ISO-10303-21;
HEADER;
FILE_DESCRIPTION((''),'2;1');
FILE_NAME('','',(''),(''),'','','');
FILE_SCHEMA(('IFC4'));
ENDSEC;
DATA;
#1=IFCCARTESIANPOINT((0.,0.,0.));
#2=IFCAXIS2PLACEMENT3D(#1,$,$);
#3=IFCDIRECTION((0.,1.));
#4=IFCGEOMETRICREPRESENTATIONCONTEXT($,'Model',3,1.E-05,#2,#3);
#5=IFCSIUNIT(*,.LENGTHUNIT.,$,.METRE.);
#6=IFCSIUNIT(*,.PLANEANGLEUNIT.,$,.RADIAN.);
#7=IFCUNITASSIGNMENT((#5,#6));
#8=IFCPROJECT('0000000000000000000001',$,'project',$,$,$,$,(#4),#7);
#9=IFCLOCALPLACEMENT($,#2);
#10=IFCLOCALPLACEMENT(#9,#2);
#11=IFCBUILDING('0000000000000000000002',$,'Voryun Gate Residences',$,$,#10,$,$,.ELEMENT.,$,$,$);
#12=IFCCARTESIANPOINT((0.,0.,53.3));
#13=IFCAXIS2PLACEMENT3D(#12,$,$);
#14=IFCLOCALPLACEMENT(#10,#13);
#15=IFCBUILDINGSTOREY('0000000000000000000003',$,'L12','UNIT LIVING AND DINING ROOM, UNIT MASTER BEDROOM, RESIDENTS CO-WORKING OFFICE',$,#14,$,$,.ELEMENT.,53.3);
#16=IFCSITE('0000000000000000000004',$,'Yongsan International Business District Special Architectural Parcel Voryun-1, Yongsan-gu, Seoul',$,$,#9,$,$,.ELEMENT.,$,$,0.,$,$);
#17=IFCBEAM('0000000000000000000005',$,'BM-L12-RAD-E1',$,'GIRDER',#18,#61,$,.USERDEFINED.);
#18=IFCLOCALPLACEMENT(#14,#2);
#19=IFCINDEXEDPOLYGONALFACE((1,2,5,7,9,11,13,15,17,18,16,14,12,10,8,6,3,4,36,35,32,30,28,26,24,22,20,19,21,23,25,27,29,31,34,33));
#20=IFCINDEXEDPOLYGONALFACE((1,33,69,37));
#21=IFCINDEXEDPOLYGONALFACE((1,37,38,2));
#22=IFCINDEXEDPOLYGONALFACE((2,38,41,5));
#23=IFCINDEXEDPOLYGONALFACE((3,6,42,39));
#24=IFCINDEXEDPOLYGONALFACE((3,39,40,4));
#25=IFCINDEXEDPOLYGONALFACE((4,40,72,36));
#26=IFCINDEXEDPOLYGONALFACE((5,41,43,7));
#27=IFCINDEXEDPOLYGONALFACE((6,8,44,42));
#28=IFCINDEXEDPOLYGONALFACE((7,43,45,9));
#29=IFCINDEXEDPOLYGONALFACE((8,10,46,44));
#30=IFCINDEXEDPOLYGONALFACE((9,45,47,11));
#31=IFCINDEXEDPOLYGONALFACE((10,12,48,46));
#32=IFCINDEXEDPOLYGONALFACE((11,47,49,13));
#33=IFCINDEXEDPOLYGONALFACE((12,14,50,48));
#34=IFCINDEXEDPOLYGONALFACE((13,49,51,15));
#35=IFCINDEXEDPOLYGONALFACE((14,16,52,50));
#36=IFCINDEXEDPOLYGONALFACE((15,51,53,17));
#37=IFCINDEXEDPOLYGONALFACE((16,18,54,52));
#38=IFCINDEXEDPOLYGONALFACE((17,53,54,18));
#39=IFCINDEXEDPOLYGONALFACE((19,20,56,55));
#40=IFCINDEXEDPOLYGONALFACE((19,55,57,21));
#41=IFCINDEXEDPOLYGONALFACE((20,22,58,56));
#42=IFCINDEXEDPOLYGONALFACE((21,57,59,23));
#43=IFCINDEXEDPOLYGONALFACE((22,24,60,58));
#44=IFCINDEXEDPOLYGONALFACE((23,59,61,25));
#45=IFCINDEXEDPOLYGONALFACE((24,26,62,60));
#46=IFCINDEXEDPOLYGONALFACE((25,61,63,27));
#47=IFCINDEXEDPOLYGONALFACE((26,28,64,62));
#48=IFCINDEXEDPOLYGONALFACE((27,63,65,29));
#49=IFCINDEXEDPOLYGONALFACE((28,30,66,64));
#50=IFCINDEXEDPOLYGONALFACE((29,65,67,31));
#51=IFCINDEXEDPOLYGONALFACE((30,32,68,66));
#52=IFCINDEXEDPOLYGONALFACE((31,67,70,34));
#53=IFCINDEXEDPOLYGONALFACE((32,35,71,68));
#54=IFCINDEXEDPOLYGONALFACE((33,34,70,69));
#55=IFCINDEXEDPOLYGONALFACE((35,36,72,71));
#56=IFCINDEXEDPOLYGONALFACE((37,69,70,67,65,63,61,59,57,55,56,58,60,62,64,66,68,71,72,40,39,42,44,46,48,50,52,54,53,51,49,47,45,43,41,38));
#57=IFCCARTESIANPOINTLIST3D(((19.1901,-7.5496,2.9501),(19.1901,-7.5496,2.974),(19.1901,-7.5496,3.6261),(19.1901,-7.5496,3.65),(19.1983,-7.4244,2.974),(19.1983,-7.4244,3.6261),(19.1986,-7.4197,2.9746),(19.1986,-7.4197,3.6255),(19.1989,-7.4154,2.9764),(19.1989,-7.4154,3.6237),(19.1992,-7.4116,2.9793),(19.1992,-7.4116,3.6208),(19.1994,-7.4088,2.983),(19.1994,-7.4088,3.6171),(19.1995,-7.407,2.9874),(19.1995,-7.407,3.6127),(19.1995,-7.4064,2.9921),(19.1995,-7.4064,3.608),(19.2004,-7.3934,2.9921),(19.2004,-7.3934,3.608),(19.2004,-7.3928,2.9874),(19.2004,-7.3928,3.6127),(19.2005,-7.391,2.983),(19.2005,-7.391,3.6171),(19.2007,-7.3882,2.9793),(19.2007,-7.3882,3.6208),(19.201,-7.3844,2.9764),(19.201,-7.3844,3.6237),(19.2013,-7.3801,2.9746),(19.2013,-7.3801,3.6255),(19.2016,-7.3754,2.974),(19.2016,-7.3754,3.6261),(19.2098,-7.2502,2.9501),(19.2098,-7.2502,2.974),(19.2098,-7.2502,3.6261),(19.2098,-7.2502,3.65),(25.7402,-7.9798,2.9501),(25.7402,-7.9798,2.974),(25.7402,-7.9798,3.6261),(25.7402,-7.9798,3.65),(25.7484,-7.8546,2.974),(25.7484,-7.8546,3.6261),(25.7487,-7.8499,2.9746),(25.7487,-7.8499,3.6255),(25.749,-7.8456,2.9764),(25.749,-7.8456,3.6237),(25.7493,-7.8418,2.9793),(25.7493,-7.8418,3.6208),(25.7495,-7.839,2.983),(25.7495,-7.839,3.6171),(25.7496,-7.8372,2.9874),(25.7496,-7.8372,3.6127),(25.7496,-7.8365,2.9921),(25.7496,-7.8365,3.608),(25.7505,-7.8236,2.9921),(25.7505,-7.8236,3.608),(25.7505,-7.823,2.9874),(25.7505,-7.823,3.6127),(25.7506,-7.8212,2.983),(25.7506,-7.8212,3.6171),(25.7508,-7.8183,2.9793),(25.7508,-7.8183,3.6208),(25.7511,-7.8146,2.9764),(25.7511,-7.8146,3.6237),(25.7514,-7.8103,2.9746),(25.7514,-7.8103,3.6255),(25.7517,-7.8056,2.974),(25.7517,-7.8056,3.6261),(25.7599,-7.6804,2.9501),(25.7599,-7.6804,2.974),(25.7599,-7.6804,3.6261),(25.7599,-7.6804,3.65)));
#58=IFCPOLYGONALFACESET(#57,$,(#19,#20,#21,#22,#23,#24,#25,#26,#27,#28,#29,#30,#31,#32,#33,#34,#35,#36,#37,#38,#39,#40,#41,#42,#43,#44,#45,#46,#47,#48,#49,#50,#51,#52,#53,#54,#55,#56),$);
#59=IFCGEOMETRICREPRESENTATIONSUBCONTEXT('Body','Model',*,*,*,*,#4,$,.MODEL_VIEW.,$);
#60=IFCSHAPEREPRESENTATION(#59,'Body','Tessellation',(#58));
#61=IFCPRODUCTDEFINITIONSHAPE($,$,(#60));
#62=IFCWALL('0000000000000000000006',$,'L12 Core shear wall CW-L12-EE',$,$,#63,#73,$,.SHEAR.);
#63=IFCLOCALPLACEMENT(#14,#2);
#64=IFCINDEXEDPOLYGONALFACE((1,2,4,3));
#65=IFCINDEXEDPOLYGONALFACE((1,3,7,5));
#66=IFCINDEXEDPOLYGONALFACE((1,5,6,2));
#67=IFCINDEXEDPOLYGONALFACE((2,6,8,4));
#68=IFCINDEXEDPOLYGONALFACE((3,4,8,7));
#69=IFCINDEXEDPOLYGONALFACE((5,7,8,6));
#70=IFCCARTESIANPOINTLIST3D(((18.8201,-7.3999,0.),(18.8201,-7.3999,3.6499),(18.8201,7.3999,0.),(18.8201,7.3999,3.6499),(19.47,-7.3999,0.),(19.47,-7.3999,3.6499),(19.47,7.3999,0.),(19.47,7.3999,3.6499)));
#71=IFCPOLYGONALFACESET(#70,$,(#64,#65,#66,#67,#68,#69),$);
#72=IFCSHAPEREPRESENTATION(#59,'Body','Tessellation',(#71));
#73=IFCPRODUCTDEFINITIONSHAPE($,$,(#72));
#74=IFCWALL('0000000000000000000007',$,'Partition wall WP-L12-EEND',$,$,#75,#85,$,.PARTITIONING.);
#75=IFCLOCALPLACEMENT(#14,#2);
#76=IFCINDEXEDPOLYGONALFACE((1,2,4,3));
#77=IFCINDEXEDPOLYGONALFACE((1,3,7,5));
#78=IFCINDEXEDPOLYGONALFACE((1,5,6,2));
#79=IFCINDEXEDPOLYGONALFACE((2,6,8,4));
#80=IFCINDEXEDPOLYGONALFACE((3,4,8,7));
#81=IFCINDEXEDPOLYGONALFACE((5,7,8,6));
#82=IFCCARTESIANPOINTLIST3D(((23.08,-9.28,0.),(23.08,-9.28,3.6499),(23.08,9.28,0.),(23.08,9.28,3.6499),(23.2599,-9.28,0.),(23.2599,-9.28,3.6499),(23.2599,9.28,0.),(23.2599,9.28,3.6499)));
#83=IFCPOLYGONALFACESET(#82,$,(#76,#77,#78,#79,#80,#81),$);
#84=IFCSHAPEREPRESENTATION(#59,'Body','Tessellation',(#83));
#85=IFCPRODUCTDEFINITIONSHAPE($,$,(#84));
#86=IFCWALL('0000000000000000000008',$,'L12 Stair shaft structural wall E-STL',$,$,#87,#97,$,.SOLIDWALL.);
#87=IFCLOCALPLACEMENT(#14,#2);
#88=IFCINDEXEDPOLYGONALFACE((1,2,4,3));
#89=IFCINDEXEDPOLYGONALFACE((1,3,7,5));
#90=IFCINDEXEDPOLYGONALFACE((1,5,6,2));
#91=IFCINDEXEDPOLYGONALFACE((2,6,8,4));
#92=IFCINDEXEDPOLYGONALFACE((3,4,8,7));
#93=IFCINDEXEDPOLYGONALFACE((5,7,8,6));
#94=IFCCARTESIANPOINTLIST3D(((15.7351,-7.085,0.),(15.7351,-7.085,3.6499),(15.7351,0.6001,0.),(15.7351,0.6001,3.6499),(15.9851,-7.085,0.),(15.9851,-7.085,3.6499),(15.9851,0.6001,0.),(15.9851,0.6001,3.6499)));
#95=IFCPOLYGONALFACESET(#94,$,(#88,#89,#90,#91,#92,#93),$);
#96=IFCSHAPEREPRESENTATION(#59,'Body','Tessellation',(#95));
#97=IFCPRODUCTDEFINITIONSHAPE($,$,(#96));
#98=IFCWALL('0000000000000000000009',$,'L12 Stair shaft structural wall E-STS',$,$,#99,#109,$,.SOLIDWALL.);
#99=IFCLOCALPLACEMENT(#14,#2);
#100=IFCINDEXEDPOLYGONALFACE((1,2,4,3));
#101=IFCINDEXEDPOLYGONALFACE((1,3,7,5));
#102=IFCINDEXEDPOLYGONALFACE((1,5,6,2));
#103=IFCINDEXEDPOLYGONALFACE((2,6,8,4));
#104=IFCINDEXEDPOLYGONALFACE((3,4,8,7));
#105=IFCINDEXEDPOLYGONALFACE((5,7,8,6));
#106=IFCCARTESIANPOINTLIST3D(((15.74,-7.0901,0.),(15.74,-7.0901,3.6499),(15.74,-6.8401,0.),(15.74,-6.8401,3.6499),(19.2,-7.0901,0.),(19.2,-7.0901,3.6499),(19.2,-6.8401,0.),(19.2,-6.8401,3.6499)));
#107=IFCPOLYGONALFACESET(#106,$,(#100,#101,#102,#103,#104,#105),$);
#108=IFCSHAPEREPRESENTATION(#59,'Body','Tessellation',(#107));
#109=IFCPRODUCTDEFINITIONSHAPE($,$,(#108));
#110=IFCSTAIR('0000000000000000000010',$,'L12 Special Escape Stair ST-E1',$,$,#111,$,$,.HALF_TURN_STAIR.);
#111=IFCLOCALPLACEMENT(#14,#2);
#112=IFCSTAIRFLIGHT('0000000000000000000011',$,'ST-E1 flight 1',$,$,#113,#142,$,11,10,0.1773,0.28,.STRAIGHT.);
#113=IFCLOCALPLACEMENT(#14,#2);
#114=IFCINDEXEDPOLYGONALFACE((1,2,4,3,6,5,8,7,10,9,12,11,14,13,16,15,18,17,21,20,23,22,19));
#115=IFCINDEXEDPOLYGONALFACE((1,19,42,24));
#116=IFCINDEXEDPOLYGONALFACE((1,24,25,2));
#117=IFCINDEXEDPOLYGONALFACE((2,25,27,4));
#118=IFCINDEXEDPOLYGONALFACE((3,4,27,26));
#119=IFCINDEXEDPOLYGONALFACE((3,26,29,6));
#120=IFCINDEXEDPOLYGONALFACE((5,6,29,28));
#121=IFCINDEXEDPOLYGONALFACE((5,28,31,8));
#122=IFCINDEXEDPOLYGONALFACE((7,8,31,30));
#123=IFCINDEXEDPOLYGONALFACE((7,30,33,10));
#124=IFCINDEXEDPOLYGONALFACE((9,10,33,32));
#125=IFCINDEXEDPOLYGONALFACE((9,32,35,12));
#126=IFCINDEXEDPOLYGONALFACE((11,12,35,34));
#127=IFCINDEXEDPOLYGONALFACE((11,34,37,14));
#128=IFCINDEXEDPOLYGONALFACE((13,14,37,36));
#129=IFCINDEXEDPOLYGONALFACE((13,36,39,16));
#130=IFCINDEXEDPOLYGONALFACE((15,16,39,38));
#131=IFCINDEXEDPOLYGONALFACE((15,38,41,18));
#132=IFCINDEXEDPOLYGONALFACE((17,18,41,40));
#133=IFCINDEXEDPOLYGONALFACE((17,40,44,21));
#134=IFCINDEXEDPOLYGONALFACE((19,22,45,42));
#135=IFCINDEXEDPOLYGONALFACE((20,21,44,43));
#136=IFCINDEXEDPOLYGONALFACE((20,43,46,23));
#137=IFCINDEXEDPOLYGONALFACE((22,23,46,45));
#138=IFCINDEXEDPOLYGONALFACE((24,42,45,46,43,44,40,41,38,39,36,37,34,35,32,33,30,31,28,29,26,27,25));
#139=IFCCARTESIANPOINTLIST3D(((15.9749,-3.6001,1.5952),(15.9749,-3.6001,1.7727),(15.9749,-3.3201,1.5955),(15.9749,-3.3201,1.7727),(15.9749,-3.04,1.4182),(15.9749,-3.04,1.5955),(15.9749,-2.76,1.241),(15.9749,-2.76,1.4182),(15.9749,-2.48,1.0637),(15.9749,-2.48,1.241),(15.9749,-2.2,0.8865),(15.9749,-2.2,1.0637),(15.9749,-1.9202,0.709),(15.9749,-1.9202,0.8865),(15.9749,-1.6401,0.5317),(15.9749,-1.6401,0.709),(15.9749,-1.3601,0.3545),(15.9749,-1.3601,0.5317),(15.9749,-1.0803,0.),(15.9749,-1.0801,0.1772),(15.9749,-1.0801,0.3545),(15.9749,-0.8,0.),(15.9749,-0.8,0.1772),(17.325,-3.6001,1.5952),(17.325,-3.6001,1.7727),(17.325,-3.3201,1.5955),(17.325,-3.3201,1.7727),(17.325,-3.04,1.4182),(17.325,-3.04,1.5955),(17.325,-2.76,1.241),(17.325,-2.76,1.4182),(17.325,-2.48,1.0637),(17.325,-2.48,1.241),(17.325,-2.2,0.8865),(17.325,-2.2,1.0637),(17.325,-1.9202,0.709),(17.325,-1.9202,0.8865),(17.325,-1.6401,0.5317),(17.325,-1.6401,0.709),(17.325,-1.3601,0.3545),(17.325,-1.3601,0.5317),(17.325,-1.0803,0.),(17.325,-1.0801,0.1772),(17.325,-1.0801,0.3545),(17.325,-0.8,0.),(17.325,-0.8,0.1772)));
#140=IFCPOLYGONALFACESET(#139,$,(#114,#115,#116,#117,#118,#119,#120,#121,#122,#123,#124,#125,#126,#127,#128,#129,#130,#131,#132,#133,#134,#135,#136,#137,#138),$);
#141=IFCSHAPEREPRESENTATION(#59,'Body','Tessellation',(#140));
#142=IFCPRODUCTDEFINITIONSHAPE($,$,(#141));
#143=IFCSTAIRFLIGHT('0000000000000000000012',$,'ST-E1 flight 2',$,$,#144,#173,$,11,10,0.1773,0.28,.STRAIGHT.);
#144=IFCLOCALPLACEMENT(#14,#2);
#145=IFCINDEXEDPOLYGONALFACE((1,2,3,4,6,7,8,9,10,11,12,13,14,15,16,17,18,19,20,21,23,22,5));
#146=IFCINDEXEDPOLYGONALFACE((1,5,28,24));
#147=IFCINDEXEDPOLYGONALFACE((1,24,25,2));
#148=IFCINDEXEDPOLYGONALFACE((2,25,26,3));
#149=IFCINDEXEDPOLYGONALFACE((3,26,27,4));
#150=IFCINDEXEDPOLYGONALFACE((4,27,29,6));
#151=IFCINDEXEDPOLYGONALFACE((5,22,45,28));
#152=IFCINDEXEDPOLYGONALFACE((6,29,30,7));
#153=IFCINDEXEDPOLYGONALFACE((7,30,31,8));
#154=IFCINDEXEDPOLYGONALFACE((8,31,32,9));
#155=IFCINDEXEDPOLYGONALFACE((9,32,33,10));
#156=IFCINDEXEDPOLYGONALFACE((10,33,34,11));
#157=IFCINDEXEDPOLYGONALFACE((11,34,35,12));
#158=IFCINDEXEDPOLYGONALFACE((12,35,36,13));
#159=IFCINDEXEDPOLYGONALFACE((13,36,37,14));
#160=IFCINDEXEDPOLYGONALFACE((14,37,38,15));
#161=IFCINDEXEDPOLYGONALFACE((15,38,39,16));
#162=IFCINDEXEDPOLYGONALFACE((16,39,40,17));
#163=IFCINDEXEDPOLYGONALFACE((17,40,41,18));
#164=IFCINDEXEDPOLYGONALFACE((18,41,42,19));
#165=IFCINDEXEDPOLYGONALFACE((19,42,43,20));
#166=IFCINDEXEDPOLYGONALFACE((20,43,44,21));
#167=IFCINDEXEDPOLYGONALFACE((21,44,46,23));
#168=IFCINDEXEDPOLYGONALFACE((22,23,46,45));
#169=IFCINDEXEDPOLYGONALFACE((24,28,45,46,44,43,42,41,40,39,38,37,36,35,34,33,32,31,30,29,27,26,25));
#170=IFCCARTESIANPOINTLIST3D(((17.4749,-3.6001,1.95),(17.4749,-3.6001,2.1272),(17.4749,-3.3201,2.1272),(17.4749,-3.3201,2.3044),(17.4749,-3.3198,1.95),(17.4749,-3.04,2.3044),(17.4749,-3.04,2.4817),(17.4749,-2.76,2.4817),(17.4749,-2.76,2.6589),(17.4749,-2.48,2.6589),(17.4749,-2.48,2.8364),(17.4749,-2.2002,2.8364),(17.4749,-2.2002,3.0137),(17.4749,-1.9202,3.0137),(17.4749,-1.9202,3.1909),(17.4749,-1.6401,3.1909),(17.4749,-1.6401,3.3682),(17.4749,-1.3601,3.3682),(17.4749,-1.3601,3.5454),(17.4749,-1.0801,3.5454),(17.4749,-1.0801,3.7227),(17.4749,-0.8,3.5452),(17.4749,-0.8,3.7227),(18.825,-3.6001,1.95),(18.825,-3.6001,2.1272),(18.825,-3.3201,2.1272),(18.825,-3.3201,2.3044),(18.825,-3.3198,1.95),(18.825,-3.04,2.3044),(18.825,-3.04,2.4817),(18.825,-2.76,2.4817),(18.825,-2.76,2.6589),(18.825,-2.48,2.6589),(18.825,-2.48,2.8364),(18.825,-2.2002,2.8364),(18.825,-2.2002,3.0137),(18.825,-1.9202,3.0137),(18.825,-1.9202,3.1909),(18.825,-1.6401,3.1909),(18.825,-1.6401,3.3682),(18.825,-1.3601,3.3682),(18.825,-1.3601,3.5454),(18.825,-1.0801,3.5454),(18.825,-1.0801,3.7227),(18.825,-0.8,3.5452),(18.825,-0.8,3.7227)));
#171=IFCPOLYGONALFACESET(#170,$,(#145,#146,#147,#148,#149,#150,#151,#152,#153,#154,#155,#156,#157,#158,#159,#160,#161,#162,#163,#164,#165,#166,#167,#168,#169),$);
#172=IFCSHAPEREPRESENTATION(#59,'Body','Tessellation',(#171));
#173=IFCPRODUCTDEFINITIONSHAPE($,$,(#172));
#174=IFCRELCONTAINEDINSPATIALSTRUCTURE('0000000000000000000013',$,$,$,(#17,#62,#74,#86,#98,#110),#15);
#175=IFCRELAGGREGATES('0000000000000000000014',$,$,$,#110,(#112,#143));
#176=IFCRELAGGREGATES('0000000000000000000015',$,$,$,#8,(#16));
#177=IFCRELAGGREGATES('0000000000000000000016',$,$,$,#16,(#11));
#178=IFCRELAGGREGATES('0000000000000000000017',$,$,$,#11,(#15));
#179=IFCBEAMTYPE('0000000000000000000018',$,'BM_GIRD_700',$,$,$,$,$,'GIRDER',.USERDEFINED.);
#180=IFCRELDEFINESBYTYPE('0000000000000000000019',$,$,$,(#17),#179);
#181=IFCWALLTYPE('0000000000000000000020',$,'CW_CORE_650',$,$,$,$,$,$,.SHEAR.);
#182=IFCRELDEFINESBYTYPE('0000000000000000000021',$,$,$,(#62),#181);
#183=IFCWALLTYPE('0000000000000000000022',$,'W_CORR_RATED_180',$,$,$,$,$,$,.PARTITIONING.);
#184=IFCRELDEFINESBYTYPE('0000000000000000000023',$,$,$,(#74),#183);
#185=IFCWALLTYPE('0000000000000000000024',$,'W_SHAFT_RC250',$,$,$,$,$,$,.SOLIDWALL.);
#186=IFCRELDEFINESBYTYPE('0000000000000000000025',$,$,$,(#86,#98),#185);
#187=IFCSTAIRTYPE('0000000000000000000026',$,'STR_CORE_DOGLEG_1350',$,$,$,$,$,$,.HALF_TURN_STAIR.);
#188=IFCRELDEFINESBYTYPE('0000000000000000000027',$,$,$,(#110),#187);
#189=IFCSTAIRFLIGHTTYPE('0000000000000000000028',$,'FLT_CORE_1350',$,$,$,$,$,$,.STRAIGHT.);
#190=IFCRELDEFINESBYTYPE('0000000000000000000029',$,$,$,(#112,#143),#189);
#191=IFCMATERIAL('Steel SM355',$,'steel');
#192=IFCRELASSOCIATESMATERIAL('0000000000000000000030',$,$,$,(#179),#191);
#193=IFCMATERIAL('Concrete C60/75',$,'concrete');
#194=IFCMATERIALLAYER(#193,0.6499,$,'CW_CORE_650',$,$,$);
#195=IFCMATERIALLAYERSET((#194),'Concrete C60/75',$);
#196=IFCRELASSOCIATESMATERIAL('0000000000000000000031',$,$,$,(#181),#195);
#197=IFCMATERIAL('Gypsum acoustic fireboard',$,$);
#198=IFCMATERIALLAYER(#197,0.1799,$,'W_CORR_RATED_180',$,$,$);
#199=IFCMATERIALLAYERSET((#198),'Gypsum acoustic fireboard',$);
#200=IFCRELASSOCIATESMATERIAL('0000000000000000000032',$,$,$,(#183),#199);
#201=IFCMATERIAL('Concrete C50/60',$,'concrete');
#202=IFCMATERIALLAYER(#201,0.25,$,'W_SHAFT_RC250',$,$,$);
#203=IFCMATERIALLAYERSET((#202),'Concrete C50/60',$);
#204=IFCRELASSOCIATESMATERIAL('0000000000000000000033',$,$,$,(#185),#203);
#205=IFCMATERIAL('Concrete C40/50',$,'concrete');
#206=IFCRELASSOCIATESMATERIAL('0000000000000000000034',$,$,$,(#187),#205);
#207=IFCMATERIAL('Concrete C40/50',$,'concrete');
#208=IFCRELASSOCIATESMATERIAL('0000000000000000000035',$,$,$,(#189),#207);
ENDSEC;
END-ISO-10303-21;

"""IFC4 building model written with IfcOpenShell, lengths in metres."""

from ifc_helpers import new_model, si_unit, direction, frame, frame_2d, origin, origin_2d, place, context, subcontext, project, spatial, polyline, rectangle, i_section, outline, extrude, material, layer, layer_set, material_profile, profile_set, type_object, element, aggregate, save


model = new_model("IFC4")

# Units and contexts
model_context = context("Model", 3, precision=1e-05, world=origin(), true_north=direction((0.0, 1.0)))
body_context = subcontext(model_context, "Body", "Model", "MODEL_VIEW")
ifc_project = project(units=[si_unit("LENGTHUNIT", "METRE"), si_unit("PLANEANGLEUNIT", "RADIAN")], contexts=[model_context])

# Site, building, storey
site_placement = place(None, origin())
site = spatial("IfcSite", under=ifc_project, at=site_placement, Name="Yongsan International Business District Special Architectural Parcel Voryun-1, Yongsan-gu, Seoul", CompositionType="ELEMENT", RefElevation=0.0)
building_placement = place(site_placement, origin())
building = spatial("IfcBuilding", under=site, at=building_placement, Name="Voryun Gate Residences", CompositionType="ELEMENT")
storey_placement = place(building_placement, frame((0.0, 0.0, 53.3)))
storey = spatial("IfcBuildingStorey", under=building, at=storey_placement, Name="L12", Description="UNIT LIVING AND DINING ROOM, UNIT MASTER BEDROOM, RESIDENTS CO-WORKING OFFICE", CompositionType="ELEMENT", Elevation=53.3)

# Beam
ifc_material_1 = material(Name="Steel SM355", Category="steel")
ifc_material_profile_1 = material_profile(ifc_material_1, i_section(OverallWidth=0.3, OverallDepth=0.7, WebThickness=0.0129, FlangeThickness=0.0239, FilletRadius=0.0181, at=origin_2d()), Name="H-700x300x13x24")
ifc_profile_set_1 = profile_set([ifc_material_profile_1], Name="Steel SM355")
beam_type_1 = type_object("IfcBeamType", Name="BM_GIRD_700", ElementType="GIRDER", PredefinedType="USERDEFINED", material=ifc_profile_set_1)
beam_1_placement = place(storey_placement, frame((19.2, -7.3999, 3.3), z_axis=(0.99785, -0.065534, 0.0), x_axis=(0.065534, 0.99785, 0.0)))
element("IfcBeam", 1, at=beam_1_placement, inside=storey, type_object=beam_type_1, Name="BM-L12-RAD-E1", ObjectType="GIRDER", PredefinedType="USERDEFINED", context=body_context, shape_type="SweptSolid", body=[
    extrude(i_section(OverallWidth=0.3, OverallDepth=0.7, WebThickness=0.0129, FlangeThickness=0.0239, FilletRadius=0.0181, at=origin_2d()), origin(), (0.0, 0.0, 1.0), 6.5642),
])

# Walls
ifc_material_2 = material(Name="Concrete C60/75", Category="concrete")
ifc_layer_1 = layer(ifc_material_2, 0.6499, Name="CW_CORE_650")
ifc_layer_set_1 = layer_set([ifc_layer_1], Name="Concrete C60/75")
wall_type_1 = type_object("IfcWallType", Name="CW_CORE_650", PredefinedType="SHEAR", material=ifc_layer_set_1)
wall_1_placement = place(storey_placement, frame((19.145, -7.3999, 0.0), z_axis=(0.0, 0.0, 1.0), x_axis=(0.0, 1.0, 0.0)))
element("IfcWall", 2, at=wall_1_placement, inside=storey, type_object=wall_type_1, Name="L12 Core shear wall CW-L12-EE", PredefinedType="SHEAR", context=body_context, shape_type="SweptSolid", body=[
    extrude(rectangle(XDim=14.7998, YDim=0.6499, at=frame_2d((7.3999, 0.0))), origin(), (0.0, 0.0, 1.0), 3.6499),
])
ifc_material_3 = material(Name="Gypsum acoustic fireboard")
ifc_layer_2 = layer(ifc_material_3, 0.1799, Name="W_CORR_RATED_180")
ifc_layer_set_2 = layer_set([ifc_layer_2], Name="Gypsum acoustic fireboard")
wall_type_2 = type_object("IfcWallType", Name="W_CORR_RATED_180", PredefinedType="PARTITIONING", material=ifc_layer_set_2)
wall_2_placement = place(storey_placement, frame((23.1699, -9.28, 0.0), z_axis=(0.0, 0.0, 1.0), x_axis=(0.0, 1.0, 0.0)))
element("IfcWall", 3, at=wall_2_placement, inside=storey, type_object=wall_type_2, Name="Partition wall WP-L12-EEND", PredefinedType="PARTITIONING", context=body_context, shape_type="SweptSolid", body=[
    extrude(rectangle(XDim=18.5601, YDim=0.1799, at=frame_2d((9.28, 0.0))), origin(), (0.0, 0.0, 1.0), 3.6499),
])
ifc_material_4 = material(Name="Concrete C50/60", Category="concrete")
ifc_layer_3 = layer(ifc_material_4, 0.25, Name="W_SHAFT_RC250")
ifc_layer_set_3 = layer_set([ifc_layer_3], Name="Concrete C50/60")
wall_type_3 = type_object("IfcWallType", Name="W_SHAFT_RC250", PredefinedType="SOLIDWALL", material=ifc_layer_set_3)
wall_3_placement = place(storey_placement, frame((15.8601, -7.085, 0.0), z_axis=(0.0, 0.0, 1.0), x_axis=(0.0, 1.0, 0.0)))
element("IfcWall", 4, at=wall_3_placement, inside=storey, type_object=wall_type_3, Name="L12 Stair shaft structural wall E-STL", PredefinedType="SOLIDWALL", context=body_context, shape_type="SweptSolid", body=[
    extrude(rectangle(XDim=7.6851, YDim=0.25, at=frame_2d((3.8425, 0.0))), origin(), (0.0, 0.0, 1.0), 3.6499),
])
wall_4_placement = place(storey_placement, frame((15.74, -6.9651, 0.0), z_axis=(0.0, 0.0, 1.0), x_axis=(1.0, 0.0, 0.0)))
element("IfcWall", 5, at=wall_4_placement, inside=storey, type_object=wall_type_3, Name="L12 Stair shaft structural wall E-STS", PredefinedType="SOLIDWALL", context=body_context, shape_type="SweptSolid", body=[
    extrude(rectangle(XDim=3.46, YDim=0.25, at=frame_2d((1.73, 0.0))), origin(), (0.0, 0.0, 1.0), 3.6499),
])

# Stair, stair flights
ifc_material_5 = material(Name="Concrete C40/50", Category="concrete")
stair_type = type_object("IfcStairType", Name="STR_CORE_DOGLEG_1350", PredefinedType="HALF_TURN_STAIR", material=ifc_material_5)
stair_placement = place(storey_placement, origin())
stair = element("IfcStair", 6, at=stair_placement, inside=storey, type_object=stair_type, Name="L12 Special Escape Stair ST-E1", PredefinedType="HALF_TURN_STAIR")
ifc_material_6 = material(Name="Concrete C40/50", Category="concrete")
stair_flight_type = type_object("IfcStairFlightType", Name="FLT_CORE_1350", PredefinedType="STRAIGHT", material=ifc_material_6)
stair_flight_1_placement = place(storey_placement, frame((16.6499, -0.8, 0.0), z_axis=(0.0, 0.0, 1.0), x_axis=(0.0, -1.0, 0.0)))
stair_flight_1 = element("IfcStairFlight", 7, at=stair_flight_1_placement, type_object=stair_flight_type, Name="ST-E1 flight 1", NumberOfRisers=11, NumberOfTreads=10, PredefinedType="STRAIGHT", RiserHeight=0.1773, TreadLength=0.28, context=body_context, shape_type="SweptSolid", body=[
    extrude(outline(polyline([(0.0, 0.0), (0.0, 0.1772), (0.28, 0.1772), (0.28, 0.3545), (0.5601, 0.3545), (0.5601, 0.5317), (0.8401, 0.5317), (0.8401, 0.709), (1.1201, 0.709), (1.1201, 0.8865), (1.3999, 0.8865), (1.3999, 1.0637), (1.6799, 1.0637), (1.6799, 1.241), (1.96, 1.241), (1.96, 1.4182), (2.24, 1.4182), (2.24, 1.5955), (2.52, 1.5955), (2.52, 1.7727), (2.8, 1.7727), (2.8, 1.95), (2.8, 1.5952), (0.2803, 0.0), (0.0, 0.0)])), frame((0.0, 0.675, 0.0), z_axis=(0.0, -1.0, 0.0), x_axis=(1.0, 0.0, 0.0)), (0.0, 0.0, 1.0), 1.3501),
])
stair_flight_2_placement = place(storey_placement, frame((18.1499, -3.6001, 1.95), z_axis=(0.0, 0.0, 1.0), x_axis=(0.0, 1.0, 0.0)))
stair_flight_2 = element("IfcStairFlight", 8, at=stair_flight_2_placement, type_object=stair_flight_type, Name="ST-E1 flight 2", NumberOfRisers=11, NumberOfTreads=10, PredefinedType="STRAIGHT", RiserHeight=0.1773, TreadLength=0.28, context=body_context, shape_type="SweptSolid", body=[
    extrude(outline(polyline([(0.0, 0.0), (0.0, 0.1772), (0.28, 0.1772), (0.28, 0.3545), (0.5601, 0.3545), (0.5601, 0.5317), (0.8401, 0.5317), (0.8401, 0.709), (1.1201, 0.709), (1.1201, 0.8865), (1.3999, 0.8865), (1.3999, 1.0637), (1.6799, 1.0637), (1.6799, 1.241), (1.96, 1.241), (1.96, 1.4182), (2.24, 1.4182), (2.24, 1.5955), (2.52, 1.5955), (2.52, 1.7727), (2.8, 1.7727), (2.8, 1.95), (2.8, 1.5952), (0.2803, 0.0), (0.0, 0.0)])), frame((0.0, 0.675, 0.0), z_axis=(0.0, -1.0, 0.0), x_axis=(1.0, 0.0, 0.0)), (0.0, 0.0, 1.0), 1.3501),
])
aggregate(stair, [stair_flight_1, stair_flight_2])

save(model, "model.ifc")
